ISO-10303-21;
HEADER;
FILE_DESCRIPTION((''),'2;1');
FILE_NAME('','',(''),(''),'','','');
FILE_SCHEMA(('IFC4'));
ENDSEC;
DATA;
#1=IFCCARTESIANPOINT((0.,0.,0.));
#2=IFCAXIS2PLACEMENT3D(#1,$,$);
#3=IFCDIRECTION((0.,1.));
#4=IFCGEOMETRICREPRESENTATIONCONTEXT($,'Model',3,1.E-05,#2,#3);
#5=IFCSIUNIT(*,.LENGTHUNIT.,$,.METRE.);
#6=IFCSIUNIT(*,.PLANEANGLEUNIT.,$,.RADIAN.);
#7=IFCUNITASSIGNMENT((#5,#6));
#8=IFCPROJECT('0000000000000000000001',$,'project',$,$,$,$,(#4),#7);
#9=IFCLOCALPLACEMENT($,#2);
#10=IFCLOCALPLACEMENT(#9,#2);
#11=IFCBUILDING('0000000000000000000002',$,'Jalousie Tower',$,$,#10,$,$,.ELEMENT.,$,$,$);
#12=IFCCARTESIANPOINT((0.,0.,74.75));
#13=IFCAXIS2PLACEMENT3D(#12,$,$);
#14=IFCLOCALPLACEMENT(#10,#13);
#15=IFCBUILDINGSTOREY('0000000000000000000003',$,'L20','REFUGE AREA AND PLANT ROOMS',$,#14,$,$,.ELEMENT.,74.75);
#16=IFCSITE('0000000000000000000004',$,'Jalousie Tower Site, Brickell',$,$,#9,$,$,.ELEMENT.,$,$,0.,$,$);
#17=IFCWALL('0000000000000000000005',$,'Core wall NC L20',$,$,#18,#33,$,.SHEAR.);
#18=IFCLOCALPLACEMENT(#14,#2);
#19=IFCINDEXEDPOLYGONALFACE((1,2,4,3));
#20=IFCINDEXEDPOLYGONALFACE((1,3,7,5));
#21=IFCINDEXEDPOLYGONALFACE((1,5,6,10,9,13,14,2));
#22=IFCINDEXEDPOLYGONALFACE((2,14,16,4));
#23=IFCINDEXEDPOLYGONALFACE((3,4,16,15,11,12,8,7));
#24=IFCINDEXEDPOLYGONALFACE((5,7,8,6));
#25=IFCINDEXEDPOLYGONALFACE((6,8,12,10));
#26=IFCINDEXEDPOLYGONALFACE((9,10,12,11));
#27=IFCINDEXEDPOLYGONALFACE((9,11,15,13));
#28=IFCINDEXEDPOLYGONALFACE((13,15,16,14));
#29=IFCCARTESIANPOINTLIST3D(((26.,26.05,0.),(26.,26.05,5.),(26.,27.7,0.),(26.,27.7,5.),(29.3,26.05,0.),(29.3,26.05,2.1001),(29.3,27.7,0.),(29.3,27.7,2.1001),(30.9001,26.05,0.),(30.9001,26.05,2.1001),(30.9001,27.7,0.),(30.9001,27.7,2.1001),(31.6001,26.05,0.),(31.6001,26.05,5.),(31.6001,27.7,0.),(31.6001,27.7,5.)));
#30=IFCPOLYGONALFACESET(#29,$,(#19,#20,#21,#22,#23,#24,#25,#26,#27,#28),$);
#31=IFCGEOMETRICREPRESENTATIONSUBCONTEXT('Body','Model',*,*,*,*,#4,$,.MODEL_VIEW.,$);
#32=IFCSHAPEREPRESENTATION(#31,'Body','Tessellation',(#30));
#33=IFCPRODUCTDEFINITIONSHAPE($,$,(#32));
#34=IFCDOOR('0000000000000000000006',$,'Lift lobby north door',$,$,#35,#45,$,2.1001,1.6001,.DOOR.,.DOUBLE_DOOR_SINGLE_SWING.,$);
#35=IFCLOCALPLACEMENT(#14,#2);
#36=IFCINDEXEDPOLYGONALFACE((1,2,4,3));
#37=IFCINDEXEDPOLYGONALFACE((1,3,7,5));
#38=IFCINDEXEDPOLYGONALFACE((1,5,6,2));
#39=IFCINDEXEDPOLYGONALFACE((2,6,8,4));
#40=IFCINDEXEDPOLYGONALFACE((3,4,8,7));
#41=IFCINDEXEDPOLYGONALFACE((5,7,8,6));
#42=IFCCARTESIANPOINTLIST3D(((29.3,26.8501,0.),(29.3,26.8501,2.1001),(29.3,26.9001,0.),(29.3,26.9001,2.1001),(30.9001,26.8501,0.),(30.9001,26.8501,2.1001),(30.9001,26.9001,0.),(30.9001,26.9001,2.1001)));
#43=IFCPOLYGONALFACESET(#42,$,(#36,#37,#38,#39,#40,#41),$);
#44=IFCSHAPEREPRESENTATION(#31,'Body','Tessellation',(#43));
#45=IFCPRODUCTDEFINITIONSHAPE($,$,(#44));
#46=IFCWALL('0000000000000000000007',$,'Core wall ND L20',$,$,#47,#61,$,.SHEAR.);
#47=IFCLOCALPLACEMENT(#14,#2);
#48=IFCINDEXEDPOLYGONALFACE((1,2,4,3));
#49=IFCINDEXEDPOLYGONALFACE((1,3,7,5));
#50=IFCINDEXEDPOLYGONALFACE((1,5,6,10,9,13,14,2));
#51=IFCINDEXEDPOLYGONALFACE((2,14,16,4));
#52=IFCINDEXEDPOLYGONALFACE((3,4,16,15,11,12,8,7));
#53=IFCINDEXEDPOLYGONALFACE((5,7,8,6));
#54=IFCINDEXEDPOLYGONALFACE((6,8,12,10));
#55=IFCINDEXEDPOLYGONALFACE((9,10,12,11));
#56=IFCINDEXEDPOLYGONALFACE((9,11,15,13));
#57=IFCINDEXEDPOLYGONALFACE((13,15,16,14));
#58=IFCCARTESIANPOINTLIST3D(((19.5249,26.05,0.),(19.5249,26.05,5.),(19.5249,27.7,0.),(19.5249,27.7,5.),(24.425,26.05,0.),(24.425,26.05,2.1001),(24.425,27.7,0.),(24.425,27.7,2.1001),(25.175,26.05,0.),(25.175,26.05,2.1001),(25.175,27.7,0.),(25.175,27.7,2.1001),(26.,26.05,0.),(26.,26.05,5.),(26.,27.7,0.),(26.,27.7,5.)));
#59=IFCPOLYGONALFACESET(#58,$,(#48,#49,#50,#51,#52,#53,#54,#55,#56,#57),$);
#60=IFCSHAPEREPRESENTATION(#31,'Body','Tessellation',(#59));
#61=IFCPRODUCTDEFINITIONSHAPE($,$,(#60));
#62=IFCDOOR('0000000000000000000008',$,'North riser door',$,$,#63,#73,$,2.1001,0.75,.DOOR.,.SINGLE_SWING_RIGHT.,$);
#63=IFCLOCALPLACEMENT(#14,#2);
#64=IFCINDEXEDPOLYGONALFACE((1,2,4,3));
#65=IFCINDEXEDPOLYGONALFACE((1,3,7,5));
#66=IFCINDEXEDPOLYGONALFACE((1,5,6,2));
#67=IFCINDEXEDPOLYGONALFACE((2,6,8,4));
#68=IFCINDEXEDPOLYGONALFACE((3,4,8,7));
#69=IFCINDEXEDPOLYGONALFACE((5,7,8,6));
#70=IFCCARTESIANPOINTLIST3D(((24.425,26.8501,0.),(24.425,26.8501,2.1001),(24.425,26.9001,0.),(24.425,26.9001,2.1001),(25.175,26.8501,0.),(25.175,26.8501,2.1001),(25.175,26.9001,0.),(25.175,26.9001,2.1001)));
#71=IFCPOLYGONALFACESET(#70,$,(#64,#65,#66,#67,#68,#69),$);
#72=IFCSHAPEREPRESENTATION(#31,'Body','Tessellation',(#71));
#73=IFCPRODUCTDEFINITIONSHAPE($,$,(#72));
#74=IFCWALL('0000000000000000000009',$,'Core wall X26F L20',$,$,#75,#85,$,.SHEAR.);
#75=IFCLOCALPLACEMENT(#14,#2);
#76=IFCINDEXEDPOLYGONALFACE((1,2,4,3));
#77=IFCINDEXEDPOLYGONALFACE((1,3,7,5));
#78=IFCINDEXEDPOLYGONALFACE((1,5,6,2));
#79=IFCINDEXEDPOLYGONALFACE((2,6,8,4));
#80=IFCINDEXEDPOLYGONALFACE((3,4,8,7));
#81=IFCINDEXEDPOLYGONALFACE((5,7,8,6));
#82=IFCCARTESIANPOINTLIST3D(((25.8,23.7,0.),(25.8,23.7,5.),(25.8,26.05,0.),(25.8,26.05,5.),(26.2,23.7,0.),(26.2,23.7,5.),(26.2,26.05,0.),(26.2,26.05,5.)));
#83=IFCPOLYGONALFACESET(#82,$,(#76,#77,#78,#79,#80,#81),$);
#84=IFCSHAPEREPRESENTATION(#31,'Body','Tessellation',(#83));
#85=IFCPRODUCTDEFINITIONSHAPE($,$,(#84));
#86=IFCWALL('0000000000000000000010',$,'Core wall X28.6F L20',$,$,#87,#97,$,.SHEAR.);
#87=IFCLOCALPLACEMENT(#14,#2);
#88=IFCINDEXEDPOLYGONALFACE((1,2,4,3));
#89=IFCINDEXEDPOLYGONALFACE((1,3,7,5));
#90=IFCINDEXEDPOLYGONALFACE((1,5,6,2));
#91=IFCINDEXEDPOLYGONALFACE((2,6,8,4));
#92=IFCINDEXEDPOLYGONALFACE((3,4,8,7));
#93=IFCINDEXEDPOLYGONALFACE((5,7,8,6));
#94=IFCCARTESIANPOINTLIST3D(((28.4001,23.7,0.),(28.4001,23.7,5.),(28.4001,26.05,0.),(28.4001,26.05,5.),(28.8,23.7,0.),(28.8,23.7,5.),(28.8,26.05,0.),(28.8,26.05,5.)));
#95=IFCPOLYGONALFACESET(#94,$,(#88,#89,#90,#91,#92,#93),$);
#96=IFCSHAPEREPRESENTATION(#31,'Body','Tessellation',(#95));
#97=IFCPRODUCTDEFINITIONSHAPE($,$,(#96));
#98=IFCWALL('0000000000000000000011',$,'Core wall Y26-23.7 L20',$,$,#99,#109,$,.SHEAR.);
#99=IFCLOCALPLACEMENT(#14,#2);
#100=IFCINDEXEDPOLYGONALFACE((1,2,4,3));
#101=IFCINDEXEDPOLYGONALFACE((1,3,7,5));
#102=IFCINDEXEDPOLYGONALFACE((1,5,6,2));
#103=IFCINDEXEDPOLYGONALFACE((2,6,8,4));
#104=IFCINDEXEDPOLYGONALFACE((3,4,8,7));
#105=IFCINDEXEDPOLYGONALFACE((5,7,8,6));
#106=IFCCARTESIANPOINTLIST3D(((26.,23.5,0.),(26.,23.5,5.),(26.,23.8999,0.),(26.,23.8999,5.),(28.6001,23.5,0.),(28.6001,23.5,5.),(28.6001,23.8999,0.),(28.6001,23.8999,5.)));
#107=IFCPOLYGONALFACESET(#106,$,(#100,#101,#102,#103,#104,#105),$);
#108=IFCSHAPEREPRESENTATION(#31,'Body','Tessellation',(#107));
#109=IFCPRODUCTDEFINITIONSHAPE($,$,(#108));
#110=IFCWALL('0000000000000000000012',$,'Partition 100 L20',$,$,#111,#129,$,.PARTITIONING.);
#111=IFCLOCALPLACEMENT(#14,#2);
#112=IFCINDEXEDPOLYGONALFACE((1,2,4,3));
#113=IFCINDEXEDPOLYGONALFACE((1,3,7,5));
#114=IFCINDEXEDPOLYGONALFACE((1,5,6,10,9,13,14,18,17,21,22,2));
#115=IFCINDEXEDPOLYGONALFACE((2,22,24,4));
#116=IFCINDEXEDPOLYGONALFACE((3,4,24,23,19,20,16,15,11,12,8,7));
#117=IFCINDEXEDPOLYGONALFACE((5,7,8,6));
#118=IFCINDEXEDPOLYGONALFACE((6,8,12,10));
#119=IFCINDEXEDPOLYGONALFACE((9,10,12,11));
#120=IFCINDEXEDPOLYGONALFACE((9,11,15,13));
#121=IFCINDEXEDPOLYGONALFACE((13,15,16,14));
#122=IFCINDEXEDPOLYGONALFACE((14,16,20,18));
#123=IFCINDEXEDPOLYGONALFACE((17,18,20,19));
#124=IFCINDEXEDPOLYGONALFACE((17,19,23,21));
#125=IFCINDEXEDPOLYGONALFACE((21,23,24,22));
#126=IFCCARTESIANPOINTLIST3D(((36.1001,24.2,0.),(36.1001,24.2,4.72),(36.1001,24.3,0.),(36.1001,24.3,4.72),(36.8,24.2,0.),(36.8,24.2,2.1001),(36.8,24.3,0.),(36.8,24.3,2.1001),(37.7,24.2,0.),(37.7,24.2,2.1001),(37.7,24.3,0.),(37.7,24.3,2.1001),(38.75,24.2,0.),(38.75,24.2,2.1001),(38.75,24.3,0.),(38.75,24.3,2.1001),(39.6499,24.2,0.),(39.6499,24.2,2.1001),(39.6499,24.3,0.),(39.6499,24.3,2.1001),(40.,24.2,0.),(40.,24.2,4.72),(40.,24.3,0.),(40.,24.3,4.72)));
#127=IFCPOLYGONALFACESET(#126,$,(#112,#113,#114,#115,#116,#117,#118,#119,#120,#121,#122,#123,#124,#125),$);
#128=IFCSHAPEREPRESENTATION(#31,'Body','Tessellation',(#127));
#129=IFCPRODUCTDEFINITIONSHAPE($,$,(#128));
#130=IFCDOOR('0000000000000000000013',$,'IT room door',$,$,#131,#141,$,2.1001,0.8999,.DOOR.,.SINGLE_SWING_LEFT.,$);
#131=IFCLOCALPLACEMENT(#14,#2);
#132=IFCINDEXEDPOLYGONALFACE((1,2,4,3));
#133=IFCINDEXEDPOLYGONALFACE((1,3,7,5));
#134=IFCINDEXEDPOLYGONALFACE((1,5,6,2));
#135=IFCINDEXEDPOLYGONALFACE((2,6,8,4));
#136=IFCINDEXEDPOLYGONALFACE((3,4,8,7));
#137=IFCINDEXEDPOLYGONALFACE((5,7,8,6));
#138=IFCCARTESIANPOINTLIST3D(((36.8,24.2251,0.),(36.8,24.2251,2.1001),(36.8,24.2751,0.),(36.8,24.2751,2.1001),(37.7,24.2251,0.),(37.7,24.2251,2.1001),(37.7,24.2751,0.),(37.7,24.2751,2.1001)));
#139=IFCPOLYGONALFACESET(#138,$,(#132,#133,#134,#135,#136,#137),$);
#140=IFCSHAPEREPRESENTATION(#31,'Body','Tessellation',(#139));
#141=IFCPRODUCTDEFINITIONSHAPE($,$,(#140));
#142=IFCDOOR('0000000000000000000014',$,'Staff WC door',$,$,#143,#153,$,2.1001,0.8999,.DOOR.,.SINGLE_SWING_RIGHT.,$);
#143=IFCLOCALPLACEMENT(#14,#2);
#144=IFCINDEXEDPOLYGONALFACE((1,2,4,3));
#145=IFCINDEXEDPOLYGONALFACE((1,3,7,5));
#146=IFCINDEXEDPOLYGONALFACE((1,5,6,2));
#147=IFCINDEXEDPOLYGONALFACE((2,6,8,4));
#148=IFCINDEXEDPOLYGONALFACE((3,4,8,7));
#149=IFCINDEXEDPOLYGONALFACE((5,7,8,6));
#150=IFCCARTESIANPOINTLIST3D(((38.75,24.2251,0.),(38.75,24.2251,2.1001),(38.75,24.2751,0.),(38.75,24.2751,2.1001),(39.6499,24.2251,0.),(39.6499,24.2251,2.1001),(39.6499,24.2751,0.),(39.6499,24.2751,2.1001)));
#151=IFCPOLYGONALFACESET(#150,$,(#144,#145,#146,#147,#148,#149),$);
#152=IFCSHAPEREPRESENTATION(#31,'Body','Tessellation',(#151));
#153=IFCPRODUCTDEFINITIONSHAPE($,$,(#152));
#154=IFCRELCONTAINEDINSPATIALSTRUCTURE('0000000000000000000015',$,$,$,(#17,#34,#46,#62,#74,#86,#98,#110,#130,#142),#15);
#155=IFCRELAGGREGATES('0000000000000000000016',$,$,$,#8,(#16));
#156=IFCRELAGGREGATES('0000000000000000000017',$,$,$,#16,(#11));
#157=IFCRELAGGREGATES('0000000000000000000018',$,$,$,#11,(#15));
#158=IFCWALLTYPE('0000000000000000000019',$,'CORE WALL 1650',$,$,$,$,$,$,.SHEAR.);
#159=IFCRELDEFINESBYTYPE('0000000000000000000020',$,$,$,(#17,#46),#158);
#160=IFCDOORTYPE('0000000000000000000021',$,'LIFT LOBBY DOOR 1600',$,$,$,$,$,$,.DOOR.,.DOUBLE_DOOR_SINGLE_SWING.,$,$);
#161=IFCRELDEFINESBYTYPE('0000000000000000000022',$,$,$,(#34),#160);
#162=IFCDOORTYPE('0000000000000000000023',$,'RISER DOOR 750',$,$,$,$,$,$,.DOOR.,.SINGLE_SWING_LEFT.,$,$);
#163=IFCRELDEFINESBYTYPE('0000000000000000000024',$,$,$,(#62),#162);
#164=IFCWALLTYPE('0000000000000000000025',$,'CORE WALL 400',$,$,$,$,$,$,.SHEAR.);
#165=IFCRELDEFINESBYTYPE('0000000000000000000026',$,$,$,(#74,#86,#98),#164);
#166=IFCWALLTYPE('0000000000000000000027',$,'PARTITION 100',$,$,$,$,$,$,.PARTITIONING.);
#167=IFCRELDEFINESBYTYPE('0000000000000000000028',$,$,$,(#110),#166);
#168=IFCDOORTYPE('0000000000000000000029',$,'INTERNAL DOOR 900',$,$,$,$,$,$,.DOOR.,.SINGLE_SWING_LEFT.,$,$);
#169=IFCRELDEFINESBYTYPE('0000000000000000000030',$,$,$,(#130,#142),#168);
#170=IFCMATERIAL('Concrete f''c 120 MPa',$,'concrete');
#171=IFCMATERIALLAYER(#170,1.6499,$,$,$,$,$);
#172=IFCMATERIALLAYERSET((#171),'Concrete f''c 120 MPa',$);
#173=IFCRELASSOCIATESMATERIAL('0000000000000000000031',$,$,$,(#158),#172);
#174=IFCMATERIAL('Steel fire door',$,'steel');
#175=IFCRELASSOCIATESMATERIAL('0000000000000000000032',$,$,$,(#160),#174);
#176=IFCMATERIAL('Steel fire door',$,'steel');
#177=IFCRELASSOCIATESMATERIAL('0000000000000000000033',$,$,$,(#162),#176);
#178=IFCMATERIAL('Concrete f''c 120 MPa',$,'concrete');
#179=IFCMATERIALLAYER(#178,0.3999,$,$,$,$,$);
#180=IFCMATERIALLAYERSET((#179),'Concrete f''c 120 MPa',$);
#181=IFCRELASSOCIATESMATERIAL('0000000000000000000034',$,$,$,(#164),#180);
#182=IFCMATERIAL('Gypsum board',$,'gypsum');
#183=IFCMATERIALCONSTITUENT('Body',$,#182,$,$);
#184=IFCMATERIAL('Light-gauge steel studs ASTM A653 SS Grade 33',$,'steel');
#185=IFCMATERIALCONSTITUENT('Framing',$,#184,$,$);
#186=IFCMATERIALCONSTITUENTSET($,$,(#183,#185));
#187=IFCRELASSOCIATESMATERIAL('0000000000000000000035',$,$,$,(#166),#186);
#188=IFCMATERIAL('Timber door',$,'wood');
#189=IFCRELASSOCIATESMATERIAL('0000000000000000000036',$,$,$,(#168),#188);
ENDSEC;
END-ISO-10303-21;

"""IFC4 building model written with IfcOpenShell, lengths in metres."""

from ifc_helpers import new_model, si_unit, direction, frame, frame_2d, origin, place, context, subcontext, project, spatial, rectangle, extrude, material, layer, layer_set, constituent, constituent_set, type_object, element, fill, save


model = new_model("IFC4")

# Units and contexts
model_context = context("Model", 3, precision=1e-05, world=origin(), true_north=direction((0.0, 1.0)))
body_context = subcontext(model_context, "Body", "Model", "MODEL_VIEW")
ifc_project = project(units=[si_unit("LENGTHUNIT", "METRE"), si_unit("PLANEANGLEUNIT", "RADIAN")], contexts=[model_context])

# Site, building, storey
site_placement = place(None, origin())
site = spatial("IfcSite", under=ifc_project, at=site_placement, Name="Jalousie Tower Site, Brickell", CompositionType="ELEMENT", RefElevation=0.0)
building_placement = place(site_placement, origin())
building = spatial("IfcBuilding", under=site, at=building_placement, Name="Jalousie Tower", CompositionType="ELEMENT")
storey_placement = place(building_placement, frame((0.0, 0.0, 74.75)))
storey = spatial("IfcBuildingStorey", under=building, at=storey_placement, Name="L20", Description="REFUGE AREA AND PLANT ROOMS", CompositionType="ELEMENT", Elevation=74.75)

# Shared definitions
ifc_material_1 = material(Name="Concrete f'c 120 MPa", Category="concrete")
ifc_layer_1 = layer(ifc_material_1, 1.6499)
ifc_layer_set_1 = layer_set([ifc_layer_1], Name="Concrete f'c 120 MPa")
wall_type_1 = type_object("IfcWallType", Name="CORE WALL 1650", PredefinedType="SHEAR", material=ifc_layer_set_1)

# Walls, openings, doors
wall_1_placement = place(storey_placement, frame((31.6001, 26.875, 0.0), z_axis=(0.0, 0.0, 1.0), x_axis=(-1.0, 0.0, 0.0)))
wall_1 = element("IfcWall", 1, at=wall_1_placement, inside=storey, type_object=wall_type_1, Name="Core wall NC L20", PredefinedType="SHEAR", context=body_context, shape_type="SweptSolid", body=[
    extrude(rectangle(XDim=5.6001, YDim=1.6499, at=frame_2d((2.8, 0.0))), origin(), (0.0, 0.0, 1.0), 5.0),
])
opening_1_placement = place(wall_1_placement, frame((0.7, 0.0, 0.0)))
opening_1 = element("IfcOpeningElement", 2, at=opening_1_placement, cuts=wall_1, PredefinedType="OPENING", context=body_context, shape_type="SweptSolid", body=[
    extrude(rectangle(XDim=1.6001, YDim=2.1001, at=frame_2d((0.8, 1.05))), frame((0.0, 0.835, 0.0), z_axis=(0.0, -1.0, 0.0), x_axis=(1.0, 0.0, 0.0)), (0.0, 0.0, 1.0), 1.6699),
])
ifc_material_2 = material(Name="Steel fire door", Category="steel")
door_type_1 = type_object("IfcDoorType", Name="LIFT LOBBY DOOR 1600", OperationType="DOUBLE_DOOR_SINGLE_SWING", PredefinedType="DOOR", material=ifc_material_2)
door_1_placement = place(opening_1_placement, origin())
door_1 = element("IfcDoor", 3, at=door_1_placement, inside=storey, type_object=door_type_1, Name="Lift lobby north door", OperationType="DOUBLE_DOOR_SINGLE_SWING", OverallHeight=2.1001, OverallWidth=1.6001, PredefinedType="DOOR", context=body_context, shape_type="SweptSolid", body=[
    extrude(rectangle(XDim=1.6001, YDim=2.1001, at=frame_2d((0.8, 1.05))), frame((0.0, 0.0249, 0.0), z_axis=(0.0, -1.0, 0.0), x_axis=(1.0, 0.0, 0.0)), (0.0, 0.0, 1.0), 0.05),
])
fill(opening_1, door_1)
wall_2_placement = place(storey_placement, frame((26.0, 26.875, 0.0), z_axis=(0.0, 0.0, 1.0), x_axis=(-1.0, 0.0, 0.0)))
wall_2 = element("IfcWall", 4, at=wall_2_placement, inside=storey, type_object=wall_type_1, Name="Core wall ND L20", PredefinedType="SHEAR", context=body_context, shape_type="SweptSolid", body=[
    extrude(rectangle(XDim=6.4751, YDim=1.6499, at=frame_2d((3.2375, 0.0))), origin(), (0.0, 0.0, 1.0), 5.0),
])
opening_2_placement = place(wall_2_placement, frame((0.825, 0.0, 0.0)))
opening_2 = element("IfcOpeningElement", 5, at=opening_2_placement, cuts=wall_2, PredefinedType="OPENING", context=body_context, shape_type="SweptSolid", body=[
    extrude(rectangle(XDim=0.75, YDim=2.1001, at=frame_2d((0.375, 1.05))), frame((0.0, 0.835, 0.0), z_axis=(0.0, -1.0, 0.0), x_axis=(1.0, 0.0, 0.0)), (0.0, 0.0, 1.0), 1.6699),
])
ifc_material_3 = material(Name="Steel fire door", Category="steel")
door_type_2 = type_object("IfcDoorType", Name="RISER DOOR 750", OperationType="SINGLE_SWING_LEFT", PredefinedType="DOOR", material=ifc_material_3)
door_2_placement = place(opening_2_placement, origin())
door_2 = element("IfcDoor", 6, at=door_2_placement, inside=storey, type_object=door_type_2, Name="North riser door", OperationType="SINGLE_SWING_RIGHT", OverallHeight=2.1001, OverallWidth=0.75, PredefinedType="DOOR", context=body_context, shape_type="SweptSolid", body=[
    extrude(rectangle(XDim=0.75, YDim=2.1001, at=frame_2d((0.375, 1.05))), frame((0.0, 0.0249, 0.0), z_axis=(0.0, -1.0, 0.0), x_axis=(1.0, 0.0, 0.0)), (0.0, 0.0, 1.0), 0.05),
])
fill(opening_2, door_2)

# Walls
ifc_material_4 = material(Name="Concrete f'c 120 MPa", Category="concrete")
ifc_layer_2 = layer(ifc_material_4, 0.3999)
ifc_layer_set_2 = layer_set([ifc_layer_2], Name="Concrete f'c 120 MPa")
wall_type_2 = type_object("IfcWallType", Name="CORE WALL 400", PredefinedType="SHEAR", material=ifc_layer_set_2)
for number, where, z_axis, x_axis, name in (
    (7, (26.0, 23.7, 0.0), (0.0, 0.0, 1.0), (0.0, 1.0, 0.0), "Core wall X26F L20"),
    (8, (28.6001, 23.7, 0.0), (0.0, 0.0, 1.0), (0.0, 1.0, 0.0), "Core wall X28.6F L20"),
):
    element("IfcWall", number, at=place(storey_placement, frame(where, z_axis=z_axis, x_axis=x_axis)), inside=storey, type_object=wall_type_2, Name=name, PredefinedType="SHEAR", context=body_context, shape_type="SweptSolid", body=[
        extrude(rectangle(XDim=2.3501, YDim=0.3999, at=frame_2d((1.175, 0.0))), origin(), (0.0, 0.0, 1.0), 5.0),
    ])
wall_3_placement = place(storey_placement, frame((26.0, 23.7, 0.0), z_axis=(0.0, 0.0, 1.0), x_axis=(1.0, 0.0, 0.0)))
element("IfcWall", 9, at=wall_3_placement, inside=storey, type_object=wall_type_2, Name="Core wall Y26-23.7 L20", PredefinedType="SHEAR", context=body_context, shape_type="SweptSolid", body=[
    extrude(rectangle(XDim=2.6001, YDim=0.3999, at=frame_2d((1.3, 0.0))), origin(), (0.0, 0.0, 1.0), 5.0),
])

# Wall, openings, doors
ifc_material_5 = material(Name="Gypsum board", Category="gypsum")
ifc_constituent_1 = constituent(ifc_material_5, Name="Body")
ifc_material_6 = material(Name="Light-gauge steel studs ASTM A653 SS Grade 33", Category="steel")
ifc_constituent_2 = constituent(ifc_material_6, Name="Framing")
ifc_constituent_set = constituent_set(constituents=[ifc_constituent_1, ifc_constituent_2])
wall_type_3 = type_object("IfcWallType", Name="PARTITION 100", PredefinedType="PARTITIONING", material=ifc_constituent_set)
wall_4_placement = place(storey_placement, frame((36.1001, 24.25, 0.0), z_axis=(0.0, 0.0, 1.0), x_axis=(1.0, 0.0, 0.0)))
wall_4 = element("IfcWall", 10, at=wall_4_placement, inside=storey, type_object=wall_type_3, Name="Partition 100 L20", PredefinedType="PARTITIONING", context=body_context, shape_type="SweptSolid", body=[
    extrude(rectangle(XDim=3.8999, YDim=0.1001, at=frame_2d((1.95, 0.0))), origin(), (0.0, 0.0, 1.0), 4.72),
])
opening_3_placement = place(wall_4_placement, frame((0.7, 0.0, 0.0)))
opening_3 = element("IfcOpeningElement", 11, at=opening_3_placement, cuts=wall_4, PredefinedType="OPENING", context=body_context, shape_type="SweptSolid", body=[
    extrude(rectangle(XDim=0.8999, YDim=2.1001, at=frame_2d((0.45, 1.05))), frame((0.0, 0.0601, 0.0), z_axis=(0.0, -1.0, 0.0), x_axis=(1.0, 0.0, 0.0)), (0.0, 0.0, 1.0), 0.1201),
])
opening_4_placement = place(wall_4_placement, frame((2.6499, 0.0, 0.0)))
opening_4 = element("IfcOpeningElement", 12, at=opening_4_placement, cuts=wall_4, PredefinedType="OPENING", context=body_context, shape_type="SweptSolid", body=[
    extrude(rectangle(XDim=0.8999, YDim=2.1001, at=frame_2d((0.45, 1.05))), frame((0.0, 0.0601, 0.0), z_axis=(0.0, -1.0, 0.0), x_axis=(1.0, 0.0, 0.0)), (0.0, 0.0, 1.0), 0.1201),
])
ifc_material_7 = material(Name="Timber door", Category="wood")
door_type_3 = type_object("IfcDoorType", Name="INTERNAL DOOR 900", OperationType="SINGLE_SWING_LEFT", PredefinedType="DOOR", material=ifc_material_7)
door_3_placement = place(opening_3_placement, frame((0.8999, 0.0, 0.0), z_axis=(0.0, 0.0, 1.0), x_axis=(-1.0, 0.0, 0.0)))
door_3 = element("IfcDoor", 13, at=door_3_placement, inside=storey, type_object=door_type_3, Name="IT room door", OperationType="SINGLE_SWING_LEFT", OverallHeight=2.1001, OverallWidth=0.8999, PredefinedType="DOOR", context=body_context, shape_type="SweptSolid", body=[
    extrude(rectangle(XDim=0.8999, YDim=2.1001, at=frame_2d((0.45, 1.05))), frame((0.0, 0.0249, 0.0), z_axis=(0.0, -1.0, 0.0), x_axis=(1.0, 0.0, 0.0)), (0.0, 0.0, 1.0), 0.05),
])
fill(opening_3, door_3)
door_4_placement = place(opening_4_placement, frame((0.8999, 0.0, 0.0), z_axis=(0.0, 0.0, 1.0), x_axis=(-1.0, 0.0, 0.0)))
door_4 = element("IfcDoor", 14, at=door_4_placement, inside=storey, type_object=door_type_3, Name="Staff WC door", OperationType="SINGLE_SWING_RIGHT", OverallHeight=2.1001, OverallWidth=0.8999, PredefinedType="DOOR", context=body_context, shape_type="SweptSolid", body=[
    extrude(rectangle(XDim=0.8999, YDim=2.1001, at=frame_2d((0.45, 1.05))), frame((0.0, 0.0249, 0.0), z_axis=(0.0, -1.0, 0.0), x_axis=(1.0, 0.0, 0.0)), (0.0, 0.0, 1.0), 0.05),
])
fill(opening_4, door_4)

save(model, "model.ifc")
